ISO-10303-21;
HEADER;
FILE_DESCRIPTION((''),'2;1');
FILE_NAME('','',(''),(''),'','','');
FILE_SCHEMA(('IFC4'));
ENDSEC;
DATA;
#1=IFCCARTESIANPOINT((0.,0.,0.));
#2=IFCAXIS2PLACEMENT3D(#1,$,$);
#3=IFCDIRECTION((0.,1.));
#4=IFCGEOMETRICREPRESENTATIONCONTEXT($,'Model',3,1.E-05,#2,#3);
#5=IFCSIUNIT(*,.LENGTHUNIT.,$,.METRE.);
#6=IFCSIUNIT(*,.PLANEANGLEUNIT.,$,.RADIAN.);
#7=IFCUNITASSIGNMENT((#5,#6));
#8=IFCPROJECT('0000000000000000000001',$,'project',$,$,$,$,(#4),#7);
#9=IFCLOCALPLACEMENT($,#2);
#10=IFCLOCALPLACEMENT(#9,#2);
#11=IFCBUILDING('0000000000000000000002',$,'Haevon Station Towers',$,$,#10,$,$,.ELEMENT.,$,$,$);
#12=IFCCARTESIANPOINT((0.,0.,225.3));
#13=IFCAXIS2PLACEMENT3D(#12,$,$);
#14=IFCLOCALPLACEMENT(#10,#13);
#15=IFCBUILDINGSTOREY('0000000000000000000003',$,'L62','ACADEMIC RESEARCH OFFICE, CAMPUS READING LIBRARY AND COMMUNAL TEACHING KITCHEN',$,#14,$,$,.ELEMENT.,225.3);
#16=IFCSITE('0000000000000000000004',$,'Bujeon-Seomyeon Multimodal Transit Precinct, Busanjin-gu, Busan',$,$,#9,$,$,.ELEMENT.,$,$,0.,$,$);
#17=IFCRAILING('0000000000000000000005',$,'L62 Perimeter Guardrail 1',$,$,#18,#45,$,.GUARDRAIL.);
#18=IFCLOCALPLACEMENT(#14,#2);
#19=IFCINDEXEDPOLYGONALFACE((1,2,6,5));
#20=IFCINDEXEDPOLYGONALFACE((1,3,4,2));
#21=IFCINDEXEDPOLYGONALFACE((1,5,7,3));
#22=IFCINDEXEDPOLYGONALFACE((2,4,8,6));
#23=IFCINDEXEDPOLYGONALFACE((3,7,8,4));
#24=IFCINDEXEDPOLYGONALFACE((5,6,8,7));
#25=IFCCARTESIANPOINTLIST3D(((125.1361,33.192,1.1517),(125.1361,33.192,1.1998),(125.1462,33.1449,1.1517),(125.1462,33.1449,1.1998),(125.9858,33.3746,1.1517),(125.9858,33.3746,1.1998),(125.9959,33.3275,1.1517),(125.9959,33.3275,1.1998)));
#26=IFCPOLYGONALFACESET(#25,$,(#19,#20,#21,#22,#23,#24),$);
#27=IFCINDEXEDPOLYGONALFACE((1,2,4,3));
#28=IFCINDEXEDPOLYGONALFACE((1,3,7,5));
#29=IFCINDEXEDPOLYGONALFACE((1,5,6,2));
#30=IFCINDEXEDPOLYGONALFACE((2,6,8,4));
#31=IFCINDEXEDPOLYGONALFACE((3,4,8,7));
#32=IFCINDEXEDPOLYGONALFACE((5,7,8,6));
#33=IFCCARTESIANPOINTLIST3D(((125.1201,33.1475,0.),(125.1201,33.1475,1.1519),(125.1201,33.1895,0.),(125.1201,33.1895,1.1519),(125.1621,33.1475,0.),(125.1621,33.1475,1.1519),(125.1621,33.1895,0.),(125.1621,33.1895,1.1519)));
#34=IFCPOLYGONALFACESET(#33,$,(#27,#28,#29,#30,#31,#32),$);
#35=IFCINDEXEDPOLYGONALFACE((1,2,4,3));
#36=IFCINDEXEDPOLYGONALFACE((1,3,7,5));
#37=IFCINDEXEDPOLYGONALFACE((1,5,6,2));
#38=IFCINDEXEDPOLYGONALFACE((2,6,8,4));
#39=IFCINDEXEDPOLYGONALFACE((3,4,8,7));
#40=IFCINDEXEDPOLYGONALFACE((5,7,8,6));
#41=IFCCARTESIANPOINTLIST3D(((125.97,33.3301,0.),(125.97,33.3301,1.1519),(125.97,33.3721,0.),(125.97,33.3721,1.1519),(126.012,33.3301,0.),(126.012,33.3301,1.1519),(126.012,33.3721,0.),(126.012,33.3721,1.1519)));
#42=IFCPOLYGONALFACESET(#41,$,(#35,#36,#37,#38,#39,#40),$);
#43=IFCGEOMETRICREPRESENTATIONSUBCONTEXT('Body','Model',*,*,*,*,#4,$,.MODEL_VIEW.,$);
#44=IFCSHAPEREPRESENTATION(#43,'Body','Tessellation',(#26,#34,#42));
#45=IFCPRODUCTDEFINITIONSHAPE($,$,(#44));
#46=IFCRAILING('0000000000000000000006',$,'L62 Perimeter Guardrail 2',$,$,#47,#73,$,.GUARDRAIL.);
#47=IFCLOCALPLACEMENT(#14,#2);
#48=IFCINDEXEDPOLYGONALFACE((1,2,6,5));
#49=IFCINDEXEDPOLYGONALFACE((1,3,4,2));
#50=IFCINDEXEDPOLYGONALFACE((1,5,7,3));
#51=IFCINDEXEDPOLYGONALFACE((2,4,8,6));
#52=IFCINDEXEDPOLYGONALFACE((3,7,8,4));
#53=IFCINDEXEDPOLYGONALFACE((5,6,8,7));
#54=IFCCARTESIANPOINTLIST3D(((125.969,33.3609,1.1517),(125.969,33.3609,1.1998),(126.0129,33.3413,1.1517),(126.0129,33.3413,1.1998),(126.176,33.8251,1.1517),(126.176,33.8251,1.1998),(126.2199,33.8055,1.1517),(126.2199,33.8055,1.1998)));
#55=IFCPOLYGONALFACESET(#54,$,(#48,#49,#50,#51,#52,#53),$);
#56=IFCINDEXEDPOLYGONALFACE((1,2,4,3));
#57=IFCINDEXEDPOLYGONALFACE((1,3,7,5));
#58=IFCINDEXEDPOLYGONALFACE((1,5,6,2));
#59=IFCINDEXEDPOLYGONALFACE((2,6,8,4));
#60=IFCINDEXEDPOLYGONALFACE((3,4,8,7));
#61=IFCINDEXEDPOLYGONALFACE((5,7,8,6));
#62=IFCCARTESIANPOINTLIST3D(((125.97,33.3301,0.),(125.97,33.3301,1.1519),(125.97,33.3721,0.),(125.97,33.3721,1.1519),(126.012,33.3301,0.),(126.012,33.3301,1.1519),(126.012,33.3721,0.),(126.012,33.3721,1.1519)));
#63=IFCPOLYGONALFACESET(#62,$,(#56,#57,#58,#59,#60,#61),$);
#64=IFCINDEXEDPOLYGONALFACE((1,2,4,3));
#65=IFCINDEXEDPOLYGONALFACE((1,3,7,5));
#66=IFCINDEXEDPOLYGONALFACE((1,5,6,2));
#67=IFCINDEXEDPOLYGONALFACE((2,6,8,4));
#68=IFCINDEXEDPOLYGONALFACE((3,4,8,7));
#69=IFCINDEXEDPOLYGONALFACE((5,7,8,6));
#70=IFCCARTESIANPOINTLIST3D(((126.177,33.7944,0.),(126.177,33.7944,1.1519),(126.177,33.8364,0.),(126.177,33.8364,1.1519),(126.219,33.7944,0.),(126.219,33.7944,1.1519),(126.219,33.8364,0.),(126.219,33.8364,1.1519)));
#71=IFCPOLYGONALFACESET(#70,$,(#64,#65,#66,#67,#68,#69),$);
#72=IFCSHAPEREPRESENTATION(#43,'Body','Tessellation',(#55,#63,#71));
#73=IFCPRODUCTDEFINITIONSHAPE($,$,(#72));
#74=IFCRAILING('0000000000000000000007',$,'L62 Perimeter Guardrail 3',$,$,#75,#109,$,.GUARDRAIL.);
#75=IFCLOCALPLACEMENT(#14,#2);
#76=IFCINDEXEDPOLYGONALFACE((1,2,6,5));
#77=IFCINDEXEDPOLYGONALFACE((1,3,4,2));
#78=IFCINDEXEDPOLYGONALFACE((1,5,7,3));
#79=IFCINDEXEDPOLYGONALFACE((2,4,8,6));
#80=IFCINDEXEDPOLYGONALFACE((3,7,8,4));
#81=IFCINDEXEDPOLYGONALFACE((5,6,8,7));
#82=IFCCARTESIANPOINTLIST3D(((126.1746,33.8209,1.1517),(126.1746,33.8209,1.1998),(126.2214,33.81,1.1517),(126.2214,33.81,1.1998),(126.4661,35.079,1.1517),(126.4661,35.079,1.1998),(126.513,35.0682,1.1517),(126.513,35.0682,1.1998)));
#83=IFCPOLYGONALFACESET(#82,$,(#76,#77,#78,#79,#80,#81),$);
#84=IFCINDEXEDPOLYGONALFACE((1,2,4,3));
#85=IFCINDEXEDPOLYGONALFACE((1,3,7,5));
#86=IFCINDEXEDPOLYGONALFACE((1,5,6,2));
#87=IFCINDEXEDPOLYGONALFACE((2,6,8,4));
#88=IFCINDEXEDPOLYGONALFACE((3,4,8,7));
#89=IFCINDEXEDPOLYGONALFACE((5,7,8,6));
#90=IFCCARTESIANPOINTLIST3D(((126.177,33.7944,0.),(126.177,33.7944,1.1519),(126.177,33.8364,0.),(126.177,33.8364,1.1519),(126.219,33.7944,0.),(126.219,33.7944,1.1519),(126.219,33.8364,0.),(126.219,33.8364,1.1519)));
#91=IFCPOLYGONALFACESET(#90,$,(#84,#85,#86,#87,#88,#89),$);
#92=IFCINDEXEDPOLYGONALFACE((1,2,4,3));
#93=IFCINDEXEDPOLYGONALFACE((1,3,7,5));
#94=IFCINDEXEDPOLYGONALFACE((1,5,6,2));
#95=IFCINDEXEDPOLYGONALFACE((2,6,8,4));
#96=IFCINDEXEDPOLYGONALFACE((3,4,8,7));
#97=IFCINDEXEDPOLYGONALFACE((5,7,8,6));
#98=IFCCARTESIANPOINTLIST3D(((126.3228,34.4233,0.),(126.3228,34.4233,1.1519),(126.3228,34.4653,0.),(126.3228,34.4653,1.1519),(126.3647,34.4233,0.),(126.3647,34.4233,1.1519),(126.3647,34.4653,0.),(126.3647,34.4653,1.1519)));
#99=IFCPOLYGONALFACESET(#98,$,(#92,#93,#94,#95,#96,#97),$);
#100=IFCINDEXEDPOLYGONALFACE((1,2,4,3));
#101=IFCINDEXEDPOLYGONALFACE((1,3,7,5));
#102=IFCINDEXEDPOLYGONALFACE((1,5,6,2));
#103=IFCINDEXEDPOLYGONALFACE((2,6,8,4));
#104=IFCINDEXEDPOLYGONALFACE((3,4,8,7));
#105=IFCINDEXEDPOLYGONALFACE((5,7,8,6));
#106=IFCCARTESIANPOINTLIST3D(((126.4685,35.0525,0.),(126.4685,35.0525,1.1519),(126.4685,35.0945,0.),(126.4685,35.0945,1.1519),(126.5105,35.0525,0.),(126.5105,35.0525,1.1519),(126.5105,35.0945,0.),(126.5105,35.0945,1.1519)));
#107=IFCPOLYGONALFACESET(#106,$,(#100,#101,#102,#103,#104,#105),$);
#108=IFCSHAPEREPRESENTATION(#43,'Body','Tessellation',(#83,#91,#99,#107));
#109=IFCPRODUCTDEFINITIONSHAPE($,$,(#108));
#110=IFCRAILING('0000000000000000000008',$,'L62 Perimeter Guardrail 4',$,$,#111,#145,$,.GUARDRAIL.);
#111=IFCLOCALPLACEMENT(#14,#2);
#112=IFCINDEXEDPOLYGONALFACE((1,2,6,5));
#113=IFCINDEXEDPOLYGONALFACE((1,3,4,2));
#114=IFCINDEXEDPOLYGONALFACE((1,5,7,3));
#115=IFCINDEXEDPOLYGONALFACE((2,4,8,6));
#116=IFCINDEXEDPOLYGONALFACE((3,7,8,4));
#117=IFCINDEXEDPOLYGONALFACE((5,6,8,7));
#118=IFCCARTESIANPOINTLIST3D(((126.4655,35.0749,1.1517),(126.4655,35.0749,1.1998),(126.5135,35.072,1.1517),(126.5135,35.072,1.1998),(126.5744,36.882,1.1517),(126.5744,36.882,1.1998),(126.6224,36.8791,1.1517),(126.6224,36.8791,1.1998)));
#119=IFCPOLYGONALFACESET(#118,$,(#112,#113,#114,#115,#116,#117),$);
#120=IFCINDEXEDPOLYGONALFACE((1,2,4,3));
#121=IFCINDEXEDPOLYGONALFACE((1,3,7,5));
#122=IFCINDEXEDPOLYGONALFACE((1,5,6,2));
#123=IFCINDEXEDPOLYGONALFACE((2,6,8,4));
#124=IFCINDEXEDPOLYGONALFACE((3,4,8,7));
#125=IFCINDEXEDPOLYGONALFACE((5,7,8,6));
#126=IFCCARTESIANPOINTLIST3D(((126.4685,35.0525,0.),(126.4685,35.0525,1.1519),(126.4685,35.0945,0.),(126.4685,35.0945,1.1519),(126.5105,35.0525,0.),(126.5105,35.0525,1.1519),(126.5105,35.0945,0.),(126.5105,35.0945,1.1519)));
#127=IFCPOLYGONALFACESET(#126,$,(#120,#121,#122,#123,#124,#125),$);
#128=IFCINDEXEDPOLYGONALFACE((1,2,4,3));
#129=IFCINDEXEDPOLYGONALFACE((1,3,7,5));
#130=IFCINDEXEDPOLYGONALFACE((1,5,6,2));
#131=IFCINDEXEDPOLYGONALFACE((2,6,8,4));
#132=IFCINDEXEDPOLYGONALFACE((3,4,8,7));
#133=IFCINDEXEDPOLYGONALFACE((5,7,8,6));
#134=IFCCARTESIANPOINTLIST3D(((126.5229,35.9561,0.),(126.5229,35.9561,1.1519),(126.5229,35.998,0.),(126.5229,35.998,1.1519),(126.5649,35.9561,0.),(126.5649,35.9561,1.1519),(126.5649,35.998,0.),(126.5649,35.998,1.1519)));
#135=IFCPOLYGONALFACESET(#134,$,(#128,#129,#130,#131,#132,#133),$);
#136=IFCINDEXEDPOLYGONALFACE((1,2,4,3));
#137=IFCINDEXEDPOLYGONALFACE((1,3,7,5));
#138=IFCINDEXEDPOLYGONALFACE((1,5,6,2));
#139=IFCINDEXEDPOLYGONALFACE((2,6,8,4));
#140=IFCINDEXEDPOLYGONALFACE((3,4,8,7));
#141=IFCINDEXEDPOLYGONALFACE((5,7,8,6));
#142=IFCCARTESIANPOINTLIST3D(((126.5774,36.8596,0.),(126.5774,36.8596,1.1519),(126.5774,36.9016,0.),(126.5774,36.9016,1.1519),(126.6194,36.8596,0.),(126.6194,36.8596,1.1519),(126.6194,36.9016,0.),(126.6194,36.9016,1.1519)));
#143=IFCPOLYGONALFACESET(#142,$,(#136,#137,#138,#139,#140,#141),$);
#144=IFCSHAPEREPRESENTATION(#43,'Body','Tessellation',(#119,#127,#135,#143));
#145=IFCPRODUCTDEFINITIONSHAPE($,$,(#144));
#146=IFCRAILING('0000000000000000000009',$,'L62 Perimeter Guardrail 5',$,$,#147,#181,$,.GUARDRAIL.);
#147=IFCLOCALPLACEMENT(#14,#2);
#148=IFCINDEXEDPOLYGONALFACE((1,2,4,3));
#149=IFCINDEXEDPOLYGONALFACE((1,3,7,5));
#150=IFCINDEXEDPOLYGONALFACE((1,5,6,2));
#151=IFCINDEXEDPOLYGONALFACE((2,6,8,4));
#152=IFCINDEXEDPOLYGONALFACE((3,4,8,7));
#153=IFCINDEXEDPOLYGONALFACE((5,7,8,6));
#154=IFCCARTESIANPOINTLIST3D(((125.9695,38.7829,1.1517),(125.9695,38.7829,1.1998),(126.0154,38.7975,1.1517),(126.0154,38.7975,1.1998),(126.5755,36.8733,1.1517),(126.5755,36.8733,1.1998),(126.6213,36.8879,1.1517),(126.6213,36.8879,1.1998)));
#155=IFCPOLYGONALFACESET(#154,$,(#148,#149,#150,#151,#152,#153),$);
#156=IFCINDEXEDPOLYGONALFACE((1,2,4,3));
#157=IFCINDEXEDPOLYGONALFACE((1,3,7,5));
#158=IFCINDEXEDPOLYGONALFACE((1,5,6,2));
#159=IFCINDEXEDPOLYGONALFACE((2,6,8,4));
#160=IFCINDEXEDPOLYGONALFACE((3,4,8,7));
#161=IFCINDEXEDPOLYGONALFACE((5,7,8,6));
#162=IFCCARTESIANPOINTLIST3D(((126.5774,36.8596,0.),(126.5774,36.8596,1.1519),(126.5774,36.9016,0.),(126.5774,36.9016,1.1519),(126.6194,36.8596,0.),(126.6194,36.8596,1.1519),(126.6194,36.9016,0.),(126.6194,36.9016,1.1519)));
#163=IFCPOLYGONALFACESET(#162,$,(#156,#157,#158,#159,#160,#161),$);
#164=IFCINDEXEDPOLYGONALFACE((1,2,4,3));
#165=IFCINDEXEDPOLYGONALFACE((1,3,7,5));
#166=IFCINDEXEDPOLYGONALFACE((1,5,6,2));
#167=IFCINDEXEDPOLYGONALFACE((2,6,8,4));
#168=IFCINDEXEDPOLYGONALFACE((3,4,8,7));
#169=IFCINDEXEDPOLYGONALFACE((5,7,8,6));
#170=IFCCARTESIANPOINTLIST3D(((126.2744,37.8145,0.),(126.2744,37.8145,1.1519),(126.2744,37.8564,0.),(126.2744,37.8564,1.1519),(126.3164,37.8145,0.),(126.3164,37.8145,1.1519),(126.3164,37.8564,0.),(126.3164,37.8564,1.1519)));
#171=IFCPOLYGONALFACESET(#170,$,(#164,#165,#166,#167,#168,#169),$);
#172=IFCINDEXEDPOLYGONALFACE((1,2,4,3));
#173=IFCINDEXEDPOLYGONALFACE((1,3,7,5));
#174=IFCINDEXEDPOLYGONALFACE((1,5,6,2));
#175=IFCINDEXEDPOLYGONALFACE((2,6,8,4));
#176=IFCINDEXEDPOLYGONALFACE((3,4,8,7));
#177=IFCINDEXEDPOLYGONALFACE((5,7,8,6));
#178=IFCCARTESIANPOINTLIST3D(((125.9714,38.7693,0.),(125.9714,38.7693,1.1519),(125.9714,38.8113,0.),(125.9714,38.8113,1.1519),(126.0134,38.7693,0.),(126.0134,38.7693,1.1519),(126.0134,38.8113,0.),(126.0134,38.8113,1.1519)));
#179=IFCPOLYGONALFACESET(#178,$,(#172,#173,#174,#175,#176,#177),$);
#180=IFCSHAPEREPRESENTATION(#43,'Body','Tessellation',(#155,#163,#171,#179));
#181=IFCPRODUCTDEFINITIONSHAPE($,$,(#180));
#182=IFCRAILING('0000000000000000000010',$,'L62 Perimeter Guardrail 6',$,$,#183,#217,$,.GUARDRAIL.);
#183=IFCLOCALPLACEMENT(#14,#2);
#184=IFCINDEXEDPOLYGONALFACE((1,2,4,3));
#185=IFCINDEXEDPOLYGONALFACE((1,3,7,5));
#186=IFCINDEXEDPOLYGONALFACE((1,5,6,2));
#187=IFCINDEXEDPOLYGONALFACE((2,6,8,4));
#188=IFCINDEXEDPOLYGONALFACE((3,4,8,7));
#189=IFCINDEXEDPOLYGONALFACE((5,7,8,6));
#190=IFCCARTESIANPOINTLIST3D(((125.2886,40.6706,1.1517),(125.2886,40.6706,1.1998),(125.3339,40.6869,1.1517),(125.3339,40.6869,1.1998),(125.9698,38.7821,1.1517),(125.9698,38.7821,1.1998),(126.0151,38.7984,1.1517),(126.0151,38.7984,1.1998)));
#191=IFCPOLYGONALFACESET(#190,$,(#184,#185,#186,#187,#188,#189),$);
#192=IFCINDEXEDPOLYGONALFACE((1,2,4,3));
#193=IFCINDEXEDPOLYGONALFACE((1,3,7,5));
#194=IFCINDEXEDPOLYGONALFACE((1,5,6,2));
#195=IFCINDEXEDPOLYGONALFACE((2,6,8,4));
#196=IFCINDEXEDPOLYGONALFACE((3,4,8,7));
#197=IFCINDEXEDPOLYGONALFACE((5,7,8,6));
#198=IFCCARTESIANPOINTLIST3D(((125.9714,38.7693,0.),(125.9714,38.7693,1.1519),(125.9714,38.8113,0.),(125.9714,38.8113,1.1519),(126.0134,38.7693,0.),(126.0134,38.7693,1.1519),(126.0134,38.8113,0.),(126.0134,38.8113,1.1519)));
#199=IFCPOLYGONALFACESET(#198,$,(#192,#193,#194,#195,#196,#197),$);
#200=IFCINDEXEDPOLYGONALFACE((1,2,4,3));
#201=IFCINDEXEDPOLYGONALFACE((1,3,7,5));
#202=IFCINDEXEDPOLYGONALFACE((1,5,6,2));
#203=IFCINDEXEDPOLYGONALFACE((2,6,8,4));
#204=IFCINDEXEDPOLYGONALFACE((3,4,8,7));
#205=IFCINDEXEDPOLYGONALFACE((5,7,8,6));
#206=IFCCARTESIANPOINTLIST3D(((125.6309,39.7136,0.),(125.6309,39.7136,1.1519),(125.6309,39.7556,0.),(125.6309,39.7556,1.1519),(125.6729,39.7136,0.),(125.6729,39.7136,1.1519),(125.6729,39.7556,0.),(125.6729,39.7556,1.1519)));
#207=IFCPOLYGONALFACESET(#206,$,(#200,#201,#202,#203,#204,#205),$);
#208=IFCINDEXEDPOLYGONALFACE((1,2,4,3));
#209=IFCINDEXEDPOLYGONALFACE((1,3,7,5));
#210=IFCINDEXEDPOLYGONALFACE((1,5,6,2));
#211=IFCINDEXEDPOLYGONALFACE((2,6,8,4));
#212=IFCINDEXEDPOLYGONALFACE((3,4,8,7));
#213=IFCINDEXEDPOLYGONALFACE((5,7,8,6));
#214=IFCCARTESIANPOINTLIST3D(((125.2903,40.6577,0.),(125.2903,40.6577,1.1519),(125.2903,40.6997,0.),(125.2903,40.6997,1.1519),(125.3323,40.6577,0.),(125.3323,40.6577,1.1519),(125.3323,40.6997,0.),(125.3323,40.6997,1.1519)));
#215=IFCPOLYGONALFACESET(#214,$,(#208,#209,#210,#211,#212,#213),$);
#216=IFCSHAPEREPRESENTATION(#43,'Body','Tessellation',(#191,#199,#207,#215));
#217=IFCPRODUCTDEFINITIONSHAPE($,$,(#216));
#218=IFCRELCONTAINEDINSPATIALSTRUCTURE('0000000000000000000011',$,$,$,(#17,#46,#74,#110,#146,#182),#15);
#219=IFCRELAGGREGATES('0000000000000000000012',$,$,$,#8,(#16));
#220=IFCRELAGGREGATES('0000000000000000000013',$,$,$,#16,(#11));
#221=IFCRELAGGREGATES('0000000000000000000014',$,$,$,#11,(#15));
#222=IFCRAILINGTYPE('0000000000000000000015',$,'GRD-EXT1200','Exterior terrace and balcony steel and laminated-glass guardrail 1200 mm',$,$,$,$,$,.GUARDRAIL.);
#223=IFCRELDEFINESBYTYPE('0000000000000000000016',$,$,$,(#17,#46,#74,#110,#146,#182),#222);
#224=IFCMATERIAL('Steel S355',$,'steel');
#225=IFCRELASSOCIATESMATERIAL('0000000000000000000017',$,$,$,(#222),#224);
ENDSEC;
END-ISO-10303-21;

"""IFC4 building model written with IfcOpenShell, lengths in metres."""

from ifc_helpers import new_model, si_unit, direction, frame, origin, origin_2d, place, context, subcontext, project, spatial, rectangle, extrude, material, type_object, element, save


model = new_model("IFC4")

# Units and contexts
model_context = context("Model", 3, precision=1e-05, world=origin(), true_north=direction((0.0, 1.0)))
body_context = subcontext(model_context, "Body", "Model", "MODEL_VIEW")
ifc_project = project(units=[si_unit("LENGTHUNIT", "METRE"), si_unit("PLANEANGLEUNIT", "RADIAN")], contexts=[model_context])

# Site, building, storey
site_placement = place(None, origin())
site = spatial("IfcSite", under=ifc_project, at=site_placement, Name="Bujeon-Seomyeon Multimodal Transit Precinct, Busanjin-gu, Busan", CompositionType="ELEMENT", RefElevation=0.0)
building_placement = place(site_placement, origin())
building = spatial("IfcBuilding", under=site, at=building_placement, Name="Haevon Station Towers", CompositionType="ELEMENT")
storey_placement = place(building_placement, frame((0.0, 0.0, 225.3)))
storey = spatial("IfcBuildingStorey", under=building, at=storey_placement, Name="L62", Description="ACADEMIC RESEARCH OFFICE, CAMPUS READING LIBRARY AND COMMUNAL TEACHING KITCHEN", CompositionType="ELEMENT", Elevation=225.3)

# Shared definitions
ifc_material_1 = material(Name="Steel S355", Category="steel")

# Railings
railing_type = type_object("IfcRailingType", Name="GRD-EXT1200", Description="Exterior terrace and balcony steel and laminated-glass guardrail 1200 mm", PredefinedType="GUARDRAIL", material=ifc_material_1)
railing_1_placement = place(storey_placement, frame((125.1411, 33.1685, 0.0)))
element("IfcRailing", 1, at=railing_1_placement, inside=storey, type_object=railing_type, Name="L62 Perimeter Guardrail 1", PredefinedType="GUARDRAIL", context=body_context, shape_type="SweptSolid", body=[
    extrude(rectangle(XDim=0.0481, YDim=0.0481, at=origin_2d()), frame((0.0, 0.0, 1.1758), z_axis=(0.977683, 0.210085, 0.0), x_axis=(-0.210085, 0.977683, 0.0)), (0.0, 0.0, 1.0), 0.8691),
    extrude(rectangle(XDim=0.042, YDim=0.042, at=origin_2d()), origin(), (0.0, 0.0, 1.0), 1.1519),
    extrude(rectangle(XDim=0.042, YDim=0.042, at=origin_2d()), frame((0.8499, 0.1826, 0.0)), (0.0, 0.0, 1.0), 1.1519),
])
railing_2_placement = place(storey_placement, frame((125.991, 33.3511, 0.0)))
element("IfcRailing", 2, at=railing_2_placement, inside=storey, type_object=railing_type, Name="L62 Perimeter Guardrail 2", PredefinedType="GUARDRAIL", context=body_context, shape_type="SweptSolid", body=[
    extrude(rectangle(XDim=0.0481, YDim=0.0481, at=origin_2d()), frame((0.0, 0.0, 1.1758), z_axis=(0.407207, 0.913336, 0.0), x_axis=(-0.913336, 0.407207, 0.0)), (0.0, 0.0, 1.0), 0.5083),
    extrude(rectangle(XDim=0.042, YDim=0.042, at=origin_2d()), origin(), (0.0, 0.0, 1.0), 1.1519),
    extrude(rectangle(XDim=0.042, YDim=0.042, at=origin_2d()), frame((0.207, 0.4644, 0.0)), (0.0, 0.0, 1.0), 1.1519),
])
railing_3_placement = place(storey_placement, frame((126.198, 33.8154, 0.0)))
element("IfcRailing", 3, at=railing_3_placement, inside=storey, type_object=railing_type, Name="L62 Perimeter Guardrail 3", PredefinedType="GUARDRAIL", context=body_context, shape_type="SweptSolid", body=[
    extrude(rectangle(XDim=0.0481, YDim=0.0481, at=origin_2d()), frame((0.0, 0.0, 1.1758), z_axis=(0.225729, 0.97419, 0.0), x_axis=(-0.97419, 0.225729, 0.0)), (0.0, 0.0, 1.0), 1.2915),
    extrude(rectangle(XDim=0.042, YDim=0.042, at=origin_2d()), origin(), (0.0, 0.0, 1.0), 1.1519),
    extrude(rectangle(XDim=0.042, YDim=0.042, at=origin_2d()), frame((0.1458, 0.6289, 0.0)), (0.0, 0.0, 1.0), 1.1519),
    extrude(rectangle(XDim=0.042, YDim=0.042, at=origin_2d()), frame((0.2915, 1.2581, 0.0)), (0.0, 0.0, 1.0), 1.1519),
])
railing_4_placement = place(storey_placement, frame((126.4895, 35.0735, 0.0)))
element("IfcRailing", 4, at=railing_4_placement, inside=storey, type_object=railing_type, Name="L62 Perimeter Guardrail 4", PredefinedType="GUARDRAIL", context=body_context, shape_type="SweptSolid", body=[
    extrude(rectangle(XDim=0.0481, YDim=0.0481, at=origin_2d()), frame((0.0, 0.0, 1.1758), z_axis=(0.060145, 0.99819, 0.0), x_axis=(-0.99819, 0.060145, 0.0)), (0.0, 0.0, 1.0), 1.8103),
    extrude(rectangle(XDim=0.042, YDim=0.042, at=origin_2d()), origin(), (0.0, 0.0, 1.0), 1.1519),
    extrude(rectangle(XDim=0.042, YDim=0.042, at=origin_2d()), frame((0.0544, 0.9036, 0.0)), (0.0, 0.0, 1.0), 1.1519),
    extrude(rectangle(XDim=0.042, YDim=0.042, at=origin_2d()), frame((0.1089, 1.8071, 0.0)), (0.0, 0.0, 1.0), 1.1519),
])
railing_5_placement = place(storey_placement, frame((126.5984, 36.8806, 0.0)))
element("IfcRailing", 5, at=railing_5_placement, inside=storey, type_object=railing_type, Name="L62 Perimeter Guardrail 5", PredefinedType="GUARDRAIL", context=body_context, shape_type="SweptSolid", body=[
    extrude(rectangle(XDim=0.0481, YDim=0.0481, at=origin_2d()), frame((0.0, 0.0, 1.1758), z_axis=(-0.302449, 0.953166, 0.0), x_axis=(-0.953166, -0.302449, 0.0)), (0.0, 0.0, 1.0), 2.0034),
    extrude(rectangle(XDim=0.042, YDim=0.042, at=origin_2d()), origin(), (0.0, 0.0, 1.0), 1.1519),
    extrude(rectangle(XDim=0.042, YDim=0.042, at=origin_2d()), frame((-0.303, 0.9548, 0.0)), (0.0, 0.0, 1.0), 1.1519),
    extrude(rectangle(XDim=0.042, YDim=0.042, at=origin_2d()), frame((-0.606, 1.9097, 0.0)), (0.0, 0.0, 1.0), 1.1519),
])
railing_6_placement = place(storey_placement, frame((125.9924, 38.7903, 0.0)))
element("IfcRailing", 6, at=railing_6_placement, inside=storey, type_object=railing_type, Name="L62 Perimeter Guardrail 6", PredefinedType="GUARDRAIL", context=body_context, shape_type="SweptSolid", body=[
    extrude(rectangle(XDim=0.0481, YDim=0.0481, at=origin_2d()), frame((0.0, 0.0, 1.1758), z_axis=(-0.339301, 0.940678, 0.0), x_axis=(-0.940678, -0.339301, 0.0)), (0.0, 0.0, 1.0), 2.0076),
    extrude(rectangle(XDim=0.042, YDim=0.042, at=origin_2d()), origin(), (0.0, 0.0, 1.0), 1.1519),
    extrude(rectangle(XDim=0.042, YDim=0.042, at=origin_2d()), frame((-0.3406, 0.9443, 0.0)), (0.0, 0.0, 1.0), 1.1519),
    extrude(rectangle(XDim=0.042, YDim=0.042, at=origin_2d()), frame((-0.6812, 1.8884, 0.0)), (0.0, 0.0, 1.0), 1.1519),
])

save(model, "model.ifc")
